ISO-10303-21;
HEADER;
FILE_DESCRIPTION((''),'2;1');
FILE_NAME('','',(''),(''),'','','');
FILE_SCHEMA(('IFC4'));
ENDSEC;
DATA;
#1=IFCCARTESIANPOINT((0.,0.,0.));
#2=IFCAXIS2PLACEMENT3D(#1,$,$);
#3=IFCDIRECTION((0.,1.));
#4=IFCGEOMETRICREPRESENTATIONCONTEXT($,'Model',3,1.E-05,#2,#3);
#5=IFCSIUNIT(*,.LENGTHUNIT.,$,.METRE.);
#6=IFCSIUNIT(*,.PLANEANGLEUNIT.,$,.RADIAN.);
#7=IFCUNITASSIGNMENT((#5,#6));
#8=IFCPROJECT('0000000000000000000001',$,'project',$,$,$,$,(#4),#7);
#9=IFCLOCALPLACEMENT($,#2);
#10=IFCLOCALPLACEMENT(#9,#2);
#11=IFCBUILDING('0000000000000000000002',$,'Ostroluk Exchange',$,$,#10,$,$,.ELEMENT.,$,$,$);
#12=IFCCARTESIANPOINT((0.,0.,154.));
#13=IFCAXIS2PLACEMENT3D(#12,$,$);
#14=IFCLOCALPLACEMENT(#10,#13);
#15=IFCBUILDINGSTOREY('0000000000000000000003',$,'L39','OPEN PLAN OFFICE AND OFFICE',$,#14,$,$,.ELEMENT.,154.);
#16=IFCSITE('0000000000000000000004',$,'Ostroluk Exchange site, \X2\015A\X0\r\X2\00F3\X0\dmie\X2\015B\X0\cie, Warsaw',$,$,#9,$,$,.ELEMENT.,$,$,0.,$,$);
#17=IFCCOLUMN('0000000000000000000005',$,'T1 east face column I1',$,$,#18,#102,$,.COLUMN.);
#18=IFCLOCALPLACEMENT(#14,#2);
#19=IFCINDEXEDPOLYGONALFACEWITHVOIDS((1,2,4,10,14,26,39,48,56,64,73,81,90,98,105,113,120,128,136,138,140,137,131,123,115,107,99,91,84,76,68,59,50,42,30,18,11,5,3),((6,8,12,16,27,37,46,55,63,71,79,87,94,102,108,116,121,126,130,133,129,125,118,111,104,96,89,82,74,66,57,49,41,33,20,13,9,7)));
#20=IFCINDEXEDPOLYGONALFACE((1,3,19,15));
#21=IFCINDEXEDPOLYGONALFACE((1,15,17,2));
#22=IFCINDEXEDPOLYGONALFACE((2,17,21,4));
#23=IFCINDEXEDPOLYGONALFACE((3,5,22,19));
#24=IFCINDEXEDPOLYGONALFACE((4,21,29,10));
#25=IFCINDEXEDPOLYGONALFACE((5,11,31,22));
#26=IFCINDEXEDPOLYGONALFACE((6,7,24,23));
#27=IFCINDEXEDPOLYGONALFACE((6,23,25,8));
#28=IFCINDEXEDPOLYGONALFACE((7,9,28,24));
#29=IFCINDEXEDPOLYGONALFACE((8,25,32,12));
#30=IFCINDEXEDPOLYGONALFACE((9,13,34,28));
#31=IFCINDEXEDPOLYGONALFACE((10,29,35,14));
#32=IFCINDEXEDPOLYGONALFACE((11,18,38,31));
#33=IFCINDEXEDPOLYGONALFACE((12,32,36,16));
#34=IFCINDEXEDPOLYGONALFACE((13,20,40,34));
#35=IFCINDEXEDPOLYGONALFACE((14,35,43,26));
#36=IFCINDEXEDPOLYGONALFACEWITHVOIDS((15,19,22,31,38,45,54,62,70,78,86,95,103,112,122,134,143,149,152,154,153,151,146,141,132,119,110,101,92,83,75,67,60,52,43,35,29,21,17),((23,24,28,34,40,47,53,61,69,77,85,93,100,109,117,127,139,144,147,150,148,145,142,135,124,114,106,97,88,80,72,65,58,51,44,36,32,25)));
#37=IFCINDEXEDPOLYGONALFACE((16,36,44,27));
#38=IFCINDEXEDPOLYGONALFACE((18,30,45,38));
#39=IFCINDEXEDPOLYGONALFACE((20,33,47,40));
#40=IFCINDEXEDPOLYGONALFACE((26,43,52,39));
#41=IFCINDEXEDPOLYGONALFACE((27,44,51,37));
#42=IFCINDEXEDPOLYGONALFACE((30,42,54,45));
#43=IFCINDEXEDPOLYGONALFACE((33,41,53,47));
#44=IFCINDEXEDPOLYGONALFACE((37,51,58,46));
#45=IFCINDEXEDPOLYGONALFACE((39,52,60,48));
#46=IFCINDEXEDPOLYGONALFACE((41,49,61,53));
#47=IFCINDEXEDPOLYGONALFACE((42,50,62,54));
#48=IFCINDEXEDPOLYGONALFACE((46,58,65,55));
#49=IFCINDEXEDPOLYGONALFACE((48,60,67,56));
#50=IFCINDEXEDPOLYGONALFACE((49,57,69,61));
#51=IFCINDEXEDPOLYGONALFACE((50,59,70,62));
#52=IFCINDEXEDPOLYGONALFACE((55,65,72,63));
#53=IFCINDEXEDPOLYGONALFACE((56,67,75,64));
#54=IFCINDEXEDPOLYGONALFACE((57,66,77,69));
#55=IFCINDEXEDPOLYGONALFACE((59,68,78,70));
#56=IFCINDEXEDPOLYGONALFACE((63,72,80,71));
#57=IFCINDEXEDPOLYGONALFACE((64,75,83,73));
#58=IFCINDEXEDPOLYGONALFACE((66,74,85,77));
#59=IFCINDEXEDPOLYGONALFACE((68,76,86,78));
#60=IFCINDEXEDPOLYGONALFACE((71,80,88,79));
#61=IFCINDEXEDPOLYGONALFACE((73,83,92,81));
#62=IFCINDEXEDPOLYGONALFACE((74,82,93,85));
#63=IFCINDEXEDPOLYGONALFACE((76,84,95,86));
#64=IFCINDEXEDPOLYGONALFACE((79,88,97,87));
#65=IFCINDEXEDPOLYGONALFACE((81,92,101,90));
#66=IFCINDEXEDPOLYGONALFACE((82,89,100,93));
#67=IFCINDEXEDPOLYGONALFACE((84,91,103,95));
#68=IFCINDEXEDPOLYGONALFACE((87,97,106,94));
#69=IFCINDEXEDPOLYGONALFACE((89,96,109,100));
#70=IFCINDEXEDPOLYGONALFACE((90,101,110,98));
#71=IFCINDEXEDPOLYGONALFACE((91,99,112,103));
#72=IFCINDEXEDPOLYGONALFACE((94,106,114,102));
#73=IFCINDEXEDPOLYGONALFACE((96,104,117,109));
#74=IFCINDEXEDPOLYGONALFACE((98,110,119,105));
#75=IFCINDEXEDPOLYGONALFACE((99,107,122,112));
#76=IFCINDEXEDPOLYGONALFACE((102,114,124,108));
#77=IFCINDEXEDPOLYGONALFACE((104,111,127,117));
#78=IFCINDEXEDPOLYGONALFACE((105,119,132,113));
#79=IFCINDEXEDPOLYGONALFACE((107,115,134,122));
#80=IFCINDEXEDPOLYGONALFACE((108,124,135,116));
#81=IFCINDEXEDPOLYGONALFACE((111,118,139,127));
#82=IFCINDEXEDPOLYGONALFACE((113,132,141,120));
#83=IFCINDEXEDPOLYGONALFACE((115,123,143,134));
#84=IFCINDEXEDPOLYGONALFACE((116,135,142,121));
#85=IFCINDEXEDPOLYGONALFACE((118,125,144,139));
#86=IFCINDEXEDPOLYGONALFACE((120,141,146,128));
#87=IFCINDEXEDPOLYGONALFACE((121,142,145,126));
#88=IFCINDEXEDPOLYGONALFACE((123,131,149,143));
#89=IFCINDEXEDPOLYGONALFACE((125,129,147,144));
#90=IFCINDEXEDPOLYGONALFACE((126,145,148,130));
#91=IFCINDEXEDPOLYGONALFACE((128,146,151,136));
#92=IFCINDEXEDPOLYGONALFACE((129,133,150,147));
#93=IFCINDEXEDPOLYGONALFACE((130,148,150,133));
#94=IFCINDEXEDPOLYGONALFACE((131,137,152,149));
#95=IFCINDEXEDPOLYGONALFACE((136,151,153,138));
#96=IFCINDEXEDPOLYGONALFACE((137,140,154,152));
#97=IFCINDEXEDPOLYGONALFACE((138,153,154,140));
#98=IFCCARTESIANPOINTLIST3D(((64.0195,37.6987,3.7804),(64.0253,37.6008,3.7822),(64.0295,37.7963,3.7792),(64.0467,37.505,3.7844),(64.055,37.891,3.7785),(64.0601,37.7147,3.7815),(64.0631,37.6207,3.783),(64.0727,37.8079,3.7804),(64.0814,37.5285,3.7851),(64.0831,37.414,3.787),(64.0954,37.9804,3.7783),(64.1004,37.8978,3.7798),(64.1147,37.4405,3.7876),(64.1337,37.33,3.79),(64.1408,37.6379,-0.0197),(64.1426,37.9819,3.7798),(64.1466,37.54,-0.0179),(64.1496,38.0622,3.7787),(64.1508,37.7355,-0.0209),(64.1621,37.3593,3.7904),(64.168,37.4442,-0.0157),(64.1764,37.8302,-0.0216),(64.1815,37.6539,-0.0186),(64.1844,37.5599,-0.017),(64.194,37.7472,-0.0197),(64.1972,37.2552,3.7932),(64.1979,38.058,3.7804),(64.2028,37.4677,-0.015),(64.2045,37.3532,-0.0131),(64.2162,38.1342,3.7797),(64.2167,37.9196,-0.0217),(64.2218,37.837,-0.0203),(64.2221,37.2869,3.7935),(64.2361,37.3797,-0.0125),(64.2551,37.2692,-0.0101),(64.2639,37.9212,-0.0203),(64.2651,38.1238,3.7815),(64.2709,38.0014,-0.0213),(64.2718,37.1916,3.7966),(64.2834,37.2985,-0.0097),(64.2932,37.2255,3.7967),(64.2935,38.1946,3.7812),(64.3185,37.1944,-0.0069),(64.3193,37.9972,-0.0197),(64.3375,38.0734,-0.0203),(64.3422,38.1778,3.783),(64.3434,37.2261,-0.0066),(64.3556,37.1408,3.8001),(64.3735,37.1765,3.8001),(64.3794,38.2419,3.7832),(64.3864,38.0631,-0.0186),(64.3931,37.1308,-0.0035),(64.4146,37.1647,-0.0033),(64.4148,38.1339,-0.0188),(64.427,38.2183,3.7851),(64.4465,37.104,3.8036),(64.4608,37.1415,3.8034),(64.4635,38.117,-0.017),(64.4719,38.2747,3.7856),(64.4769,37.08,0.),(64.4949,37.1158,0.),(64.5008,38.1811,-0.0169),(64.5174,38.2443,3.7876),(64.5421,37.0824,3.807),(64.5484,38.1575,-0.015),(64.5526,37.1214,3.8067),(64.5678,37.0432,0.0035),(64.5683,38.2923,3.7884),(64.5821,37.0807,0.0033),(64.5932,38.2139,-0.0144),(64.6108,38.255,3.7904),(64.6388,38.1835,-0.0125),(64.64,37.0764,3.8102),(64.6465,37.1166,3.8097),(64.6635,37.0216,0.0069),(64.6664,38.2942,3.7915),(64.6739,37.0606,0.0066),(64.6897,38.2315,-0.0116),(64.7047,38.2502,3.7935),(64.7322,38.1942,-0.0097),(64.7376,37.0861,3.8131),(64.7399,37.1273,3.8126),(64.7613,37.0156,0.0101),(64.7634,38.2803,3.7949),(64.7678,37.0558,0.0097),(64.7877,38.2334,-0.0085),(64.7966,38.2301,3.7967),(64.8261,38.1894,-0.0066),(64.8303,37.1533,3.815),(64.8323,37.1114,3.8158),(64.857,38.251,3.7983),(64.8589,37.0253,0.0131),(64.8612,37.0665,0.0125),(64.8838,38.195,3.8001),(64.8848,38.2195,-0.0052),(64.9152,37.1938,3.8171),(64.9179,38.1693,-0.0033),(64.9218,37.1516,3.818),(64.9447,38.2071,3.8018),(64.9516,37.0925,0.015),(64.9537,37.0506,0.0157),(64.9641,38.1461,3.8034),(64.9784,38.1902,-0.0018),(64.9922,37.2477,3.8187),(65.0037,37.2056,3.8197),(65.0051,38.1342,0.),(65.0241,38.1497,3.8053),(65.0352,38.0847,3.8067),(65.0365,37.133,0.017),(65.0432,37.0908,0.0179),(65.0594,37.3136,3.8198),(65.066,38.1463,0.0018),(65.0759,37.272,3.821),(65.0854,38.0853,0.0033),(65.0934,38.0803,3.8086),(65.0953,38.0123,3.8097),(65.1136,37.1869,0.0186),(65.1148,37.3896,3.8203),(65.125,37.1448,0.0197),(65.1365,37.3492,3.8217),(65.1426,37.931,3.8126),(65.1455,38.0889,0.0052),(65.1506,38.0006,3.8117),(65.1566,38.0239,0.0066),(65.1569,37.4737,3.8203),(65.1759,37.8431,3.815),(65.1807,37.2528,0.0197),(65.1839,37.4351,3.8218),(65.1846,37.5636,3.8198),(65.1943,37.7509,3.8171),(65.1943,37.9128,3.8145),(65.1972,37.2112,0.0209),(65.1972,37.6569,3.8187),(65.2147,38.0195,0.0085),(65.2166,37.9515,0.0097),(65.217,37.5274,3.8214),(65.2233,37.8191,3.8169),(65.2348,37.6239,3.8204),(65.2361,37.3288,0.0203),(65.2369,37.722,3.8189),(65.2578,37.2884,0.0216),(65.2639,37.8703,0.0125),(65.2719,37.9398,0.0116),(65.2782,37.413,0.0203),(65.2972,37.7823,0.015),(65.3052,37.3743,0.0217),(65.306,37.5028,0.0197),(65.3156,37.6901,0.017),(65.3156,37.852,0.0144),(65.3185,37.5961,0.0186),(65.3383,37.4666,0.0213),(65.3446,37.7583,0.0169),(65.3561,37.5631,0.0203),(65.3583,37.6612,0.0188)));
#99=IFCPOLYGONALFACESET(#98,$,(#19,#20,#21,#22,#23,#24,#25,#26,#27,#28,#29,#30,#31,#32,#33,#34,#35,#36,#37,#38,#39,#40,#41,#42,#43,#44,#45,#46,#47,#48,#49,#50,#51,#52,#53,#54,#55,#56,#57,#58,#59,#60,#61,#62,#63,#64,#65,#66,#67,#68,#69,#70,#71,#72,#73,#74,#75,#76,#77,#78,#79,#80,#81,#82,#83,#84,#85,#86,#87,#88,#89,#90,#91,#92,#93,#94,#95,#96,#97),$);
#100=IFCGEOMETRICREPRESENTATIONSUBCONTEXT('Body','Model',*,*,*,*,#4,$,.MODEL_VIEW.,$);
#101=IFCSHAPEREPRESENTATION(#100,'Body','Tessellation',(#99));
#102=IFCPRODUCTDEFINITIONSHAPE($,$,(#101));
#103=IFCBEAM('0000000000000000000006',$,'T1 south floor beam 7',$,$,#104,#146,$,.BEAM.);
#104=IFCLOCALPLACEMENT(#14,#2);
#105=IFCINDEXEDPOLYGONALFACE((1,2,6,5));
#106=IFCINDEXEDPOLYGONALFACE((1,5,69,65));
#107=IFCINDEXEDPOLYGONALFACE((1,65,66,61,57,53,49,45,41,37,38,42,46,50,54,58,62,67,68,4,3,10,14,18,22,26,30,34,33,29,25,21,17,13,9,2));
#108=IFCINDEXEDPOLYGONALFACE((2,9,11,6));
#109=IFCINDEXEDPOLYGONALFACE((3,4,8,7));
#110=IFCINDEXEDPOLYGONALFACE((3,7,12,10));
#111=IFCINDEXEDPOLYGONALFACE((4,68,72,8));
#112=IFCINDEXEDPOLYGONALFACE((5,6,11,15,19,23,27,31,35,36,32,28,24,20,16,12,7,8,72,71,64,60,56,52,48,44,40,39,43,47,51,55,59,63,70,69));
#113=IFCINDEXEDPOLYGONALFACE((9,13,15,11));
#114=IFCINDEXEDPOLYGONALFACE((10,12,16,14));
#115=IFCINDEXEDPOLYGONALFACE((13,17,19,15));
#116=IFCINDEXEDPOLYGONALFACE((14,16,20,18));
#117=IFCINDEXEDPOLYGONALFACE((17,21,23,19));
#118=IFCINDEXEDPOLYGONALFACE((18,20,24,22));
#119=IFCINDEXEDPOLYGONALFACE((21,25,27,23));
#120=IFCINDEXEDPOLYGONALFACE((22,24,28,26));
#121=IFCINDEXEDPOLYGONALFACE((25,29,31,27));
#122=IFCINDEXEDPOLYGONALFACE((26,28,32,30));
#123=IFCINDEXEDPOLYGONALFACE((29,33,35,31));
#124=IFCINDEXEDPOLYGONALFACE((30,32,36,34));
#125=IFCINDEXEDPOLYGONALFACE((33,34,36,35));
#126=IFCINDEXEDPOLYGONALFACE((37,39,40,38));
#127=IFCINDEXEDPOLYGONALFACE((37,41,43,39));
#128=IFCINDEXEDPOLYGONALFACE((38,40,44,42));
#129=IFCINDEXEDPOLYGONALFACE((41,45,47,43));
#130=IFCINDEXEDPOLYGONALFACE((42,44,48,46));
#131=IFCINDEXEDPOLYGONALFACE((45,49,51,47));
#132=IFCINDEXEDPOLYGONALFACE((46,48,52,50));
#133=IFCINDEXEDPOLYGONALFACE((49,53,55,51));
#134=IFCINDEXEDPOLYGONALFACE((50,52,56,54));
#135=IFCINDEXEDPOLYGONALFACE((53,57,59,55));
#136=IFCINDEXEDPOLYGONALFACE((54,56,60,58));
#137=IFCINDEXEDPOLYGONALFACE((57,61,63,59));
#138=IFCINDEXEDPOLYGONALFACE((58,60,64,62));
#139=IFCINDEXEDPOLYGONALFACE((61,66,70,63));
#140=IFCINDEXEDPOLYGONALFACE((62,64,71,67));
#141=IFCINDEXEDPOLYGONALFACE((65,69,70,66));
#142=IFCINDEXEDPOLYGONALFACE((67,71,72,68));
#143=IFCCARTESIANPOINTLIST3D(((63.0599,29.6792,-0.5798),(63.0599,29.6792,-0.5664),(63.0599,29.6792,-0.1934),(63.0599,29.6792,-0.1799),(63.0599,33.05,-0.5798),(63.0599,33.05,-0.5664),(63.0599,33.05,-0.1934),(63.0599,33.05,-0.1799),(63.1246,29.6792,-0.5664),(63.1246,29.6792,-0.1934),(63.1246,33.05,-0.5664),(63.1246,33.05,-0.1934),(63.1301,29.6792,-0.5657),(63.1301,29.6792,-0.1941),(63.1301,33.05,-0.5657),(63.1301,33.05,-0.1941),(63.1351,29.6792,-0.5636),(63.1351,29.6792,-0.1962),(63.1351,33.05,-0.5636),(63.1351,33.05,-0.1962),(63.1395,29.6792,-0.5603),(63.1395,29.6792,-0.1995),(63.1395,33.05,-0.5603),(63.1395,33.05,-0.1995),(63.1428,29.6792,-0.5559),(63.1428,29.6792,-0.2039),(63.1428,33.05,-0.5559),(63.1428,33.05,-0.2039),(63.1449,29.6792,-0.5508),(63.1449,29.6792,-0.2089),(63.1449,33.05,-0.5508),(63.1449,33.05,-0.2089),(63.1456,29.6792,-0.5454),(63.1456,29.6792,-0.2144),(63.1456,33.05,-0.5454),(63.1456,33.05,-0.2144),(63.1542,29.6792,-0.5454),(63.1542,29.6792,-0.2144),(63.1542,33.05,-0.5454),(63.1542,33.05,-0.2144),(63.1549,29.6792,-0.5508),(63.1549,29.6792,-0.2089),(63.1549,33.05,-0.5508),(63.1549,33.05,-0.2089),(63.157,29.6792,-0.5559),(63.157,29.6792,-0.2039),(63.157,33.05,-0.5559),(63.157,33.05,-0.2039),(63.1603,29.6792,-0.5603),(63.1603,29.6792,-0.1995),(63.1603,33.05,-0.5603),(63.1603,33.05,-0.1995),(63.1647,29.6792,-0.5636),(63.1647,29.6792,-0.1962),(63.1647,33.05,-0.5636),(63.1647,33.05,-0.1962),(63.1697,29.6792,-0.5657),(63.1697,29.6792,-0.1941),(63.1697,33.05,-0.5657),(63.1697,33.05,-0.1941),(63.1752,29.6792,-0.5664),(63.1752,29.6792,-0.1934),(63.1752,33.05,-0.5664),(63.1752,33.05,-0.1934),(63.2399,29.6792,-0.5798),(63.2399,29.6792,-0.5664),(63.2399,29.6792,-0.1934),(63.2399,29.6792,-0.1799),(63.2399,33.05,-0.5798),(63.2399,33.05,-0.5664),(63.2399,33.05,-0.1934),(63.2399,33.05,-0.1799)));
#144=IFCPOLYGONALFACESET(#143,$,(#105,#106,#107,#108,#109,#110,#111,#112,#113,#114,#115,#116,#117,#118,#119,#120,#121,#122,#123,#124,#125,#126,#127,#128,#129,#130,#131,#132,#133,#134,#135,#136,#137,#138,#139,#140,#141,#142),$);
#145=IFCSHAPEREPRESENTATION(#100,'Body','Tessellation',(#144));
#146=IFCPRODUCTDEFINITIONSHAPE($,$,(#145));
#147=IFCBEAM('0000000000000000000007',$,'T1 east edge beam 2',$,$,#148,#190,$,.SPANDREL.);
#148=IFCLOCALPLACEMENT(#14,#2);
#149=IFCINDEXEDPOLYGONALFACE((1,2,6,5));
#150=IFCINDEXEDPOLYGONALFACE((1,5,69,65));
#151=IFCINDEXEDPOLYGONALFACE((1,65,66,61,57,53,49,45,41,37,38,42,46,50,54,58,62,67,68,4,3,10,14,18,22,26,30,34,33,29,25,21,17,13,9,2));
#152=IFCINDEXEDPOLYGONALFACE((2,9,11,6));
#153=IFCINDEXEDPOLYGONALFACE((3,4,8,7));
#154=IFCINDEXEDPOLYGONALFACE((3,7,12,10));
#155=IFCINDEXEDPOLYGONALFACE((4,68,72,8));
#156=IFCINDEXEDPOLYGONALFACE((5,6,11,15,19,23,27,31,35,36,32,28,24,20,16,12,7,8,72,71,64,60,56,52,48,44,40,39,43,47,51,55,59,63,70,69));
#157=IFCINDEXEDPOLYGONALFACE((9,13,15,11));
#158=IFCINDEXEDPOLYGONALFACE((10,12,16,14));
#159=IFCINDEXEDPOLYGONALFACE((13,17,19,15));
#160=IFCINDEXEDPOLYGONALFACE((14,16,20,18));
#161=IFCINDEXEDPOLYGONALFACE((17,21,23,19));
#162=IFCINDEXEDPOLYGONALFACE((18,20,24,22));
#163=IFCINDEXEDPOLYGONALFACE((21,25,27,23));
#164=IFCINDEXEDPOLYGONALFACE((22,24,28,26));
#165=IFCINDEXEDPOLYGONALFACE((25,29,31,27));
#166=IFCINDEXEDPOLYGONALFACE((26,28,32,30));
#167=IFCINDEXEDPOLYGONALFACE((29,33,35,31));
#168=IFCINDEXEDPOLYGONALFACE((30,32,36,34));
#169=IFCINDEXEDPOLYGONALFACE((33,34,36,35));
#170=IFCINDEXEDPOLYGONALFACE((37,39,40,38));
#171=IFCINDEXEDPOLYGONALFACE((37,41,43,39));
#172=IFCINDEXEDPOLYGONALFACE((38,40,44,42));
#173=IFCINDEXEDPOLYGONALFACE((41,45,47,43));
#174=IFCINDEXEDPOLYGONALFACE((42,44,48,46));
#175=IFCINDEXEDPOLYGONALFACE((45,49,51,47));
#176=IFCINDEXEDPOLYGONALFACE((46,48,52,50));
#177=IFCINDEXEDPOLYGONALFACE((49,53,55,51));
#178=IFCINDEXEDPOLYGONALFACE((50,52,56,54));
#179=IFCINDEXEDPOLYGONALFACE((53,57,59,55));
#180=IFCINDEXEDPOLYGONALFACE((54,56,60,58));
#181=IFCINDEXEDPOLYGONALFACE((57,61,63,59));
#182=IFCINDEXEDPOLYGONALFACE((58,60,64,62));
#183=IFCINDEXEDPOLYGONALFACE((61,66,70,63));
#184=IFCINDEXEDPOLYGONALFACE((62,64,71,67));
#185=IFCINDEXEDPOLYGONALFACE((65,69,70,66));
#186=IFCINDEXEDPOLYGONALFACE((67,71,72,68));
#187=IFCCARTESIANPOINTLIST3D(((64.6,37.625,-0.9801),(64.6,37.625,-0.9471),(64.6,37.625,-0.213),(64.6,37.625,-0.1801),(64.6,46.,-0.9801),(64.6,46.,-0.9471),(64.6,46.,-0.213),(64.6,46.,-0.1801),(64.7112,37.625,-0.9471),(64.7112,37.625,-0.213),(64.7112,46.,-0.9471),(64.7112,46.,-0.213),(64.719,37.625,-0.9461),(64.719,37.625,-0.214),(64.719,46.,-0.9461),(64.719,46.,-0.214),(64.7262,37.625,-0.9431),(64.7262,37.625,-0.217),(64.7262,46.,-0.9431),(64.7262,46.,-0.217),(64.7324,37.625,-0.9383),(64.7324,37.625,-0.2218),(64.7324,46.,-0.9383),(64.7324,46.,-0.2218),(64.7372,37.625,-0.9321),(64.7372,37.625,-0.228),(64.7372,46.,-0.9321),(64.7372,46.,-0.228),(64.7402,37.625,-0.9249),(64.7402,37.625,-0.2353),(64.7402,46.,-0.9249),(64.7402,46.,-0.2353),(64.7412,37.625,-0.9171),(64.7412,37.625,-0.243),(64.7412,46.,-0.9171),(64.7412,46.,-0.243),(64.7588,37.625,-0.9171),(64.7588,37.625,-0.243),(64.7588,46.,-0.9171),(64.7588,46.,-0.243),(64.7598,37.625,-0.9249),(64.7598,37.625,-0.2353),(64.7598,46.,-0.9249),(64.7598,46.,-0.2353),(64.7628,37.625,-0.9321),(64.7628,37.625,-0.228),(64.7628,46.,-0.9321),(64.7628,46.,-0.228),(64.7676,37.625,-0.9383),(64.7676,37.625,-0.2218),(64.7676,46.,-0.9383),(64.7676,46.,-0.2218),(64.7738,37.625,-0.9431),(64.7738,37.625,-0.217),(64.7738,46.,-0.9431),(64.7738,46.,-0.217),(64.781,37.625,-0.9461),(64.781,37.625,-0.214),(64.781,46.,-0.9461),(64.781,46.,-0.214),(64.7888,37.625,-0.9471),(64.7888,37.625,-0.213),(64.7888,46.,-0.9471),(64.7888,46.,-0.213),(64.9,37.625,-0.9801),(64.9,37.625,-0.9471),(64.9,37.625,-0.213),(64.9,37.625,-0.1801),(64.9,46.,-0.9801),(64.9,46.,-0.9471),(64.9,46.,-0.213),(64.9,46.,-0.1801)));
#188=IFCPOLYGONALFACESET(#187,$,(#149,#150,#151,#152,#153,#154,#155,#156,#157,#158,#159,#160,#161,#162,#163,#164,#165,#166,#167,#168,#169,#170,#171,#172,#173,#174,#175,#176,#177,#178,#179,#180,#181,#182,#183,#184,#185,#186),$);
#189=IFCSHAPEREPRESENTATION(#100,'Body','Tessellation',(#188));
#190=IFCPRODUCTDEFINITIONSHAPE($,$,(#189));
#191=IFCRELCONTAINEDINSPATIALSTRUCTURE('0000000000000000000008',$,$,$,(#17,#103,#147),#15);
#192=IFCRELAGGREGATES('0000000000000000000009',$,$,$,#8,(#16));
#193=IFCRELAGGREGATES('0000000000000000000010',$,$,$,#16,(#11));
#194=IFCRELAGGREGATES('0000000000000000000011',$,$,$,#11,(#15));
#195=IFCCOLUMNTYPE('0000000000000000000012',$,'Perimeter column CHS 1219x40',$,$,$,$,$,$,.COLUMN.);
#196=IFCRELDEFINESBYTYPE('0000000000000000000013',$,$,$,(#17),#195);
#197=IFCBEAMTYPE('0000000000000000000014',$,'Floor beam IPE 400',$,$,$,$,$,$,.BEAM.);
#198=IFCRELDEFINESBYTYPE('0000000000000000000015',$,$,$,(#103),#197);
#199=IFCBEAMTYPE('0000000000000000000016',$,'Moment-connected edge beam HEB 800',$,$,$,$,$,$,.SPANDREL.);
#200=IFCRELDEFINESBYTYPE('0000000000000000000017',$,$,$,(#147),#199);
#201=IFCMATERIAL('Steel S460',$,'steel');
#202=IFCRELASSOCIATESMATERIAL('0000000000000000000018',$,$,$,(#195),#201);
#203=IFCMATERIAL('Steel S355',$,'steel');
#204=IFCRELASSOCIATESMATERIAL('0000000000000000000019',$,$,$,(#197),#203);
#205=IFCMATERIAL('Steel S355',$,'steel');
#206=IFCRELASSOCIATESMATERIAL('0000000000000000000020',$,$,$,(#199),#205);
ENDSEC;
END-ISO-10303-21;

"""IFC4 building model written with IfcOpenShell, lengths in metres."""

from ifc_helpers import new_model, si_unit, direction, frame, origin, origin_2d, place, context, subcontext, project, spatial, hollow_circle, i_section, extrude, material, material_profile, profile_set, type_object, element, save


model = new_model("IFC4")

# Units and contexts
model_context = context("Model", 3, precision=1e-05, world=origin(), true_north=direction((0.0, 1.0)))
body_context = subcontext(model_context, "Body", "Model", "MODEL_VIEW")
ifc_project = project(units=[si_unit("LENGTHUNIT", "METRE"), si_unit("PLANEANGLEUNIT", "RADIAN")], contexts=[model_context])

# Site, building, storey
site_placement = place(None, origin())
site = spatial("IfcSite", under=ifc_project, at=site_placement, Name="Ostroluk Exchange site, Śródmieście, Warsaw", CompositionType="ELEMENT", RefElevation=0.0)
building_placement = place(site_placement, origin())
building = spatial("IfcBuilding", under=site, at=building_placement, Name="Ostroluk Exchange", CompositionType="ELEMENT")
storey_placement = place(building_placement, frame((0.0, 0.0, 154.0)))
storey = spatial("IfcBuildingStorey", under=building, at=storey_placement, Name="L39", Description="OPEN PLAN OFFICE AND OFFICE", CompositionType="ELEMENT", Elevation=154.0)

# Column
ifc_material_1 = material(Name="Steel S460", Category="steel")
ifc_material_profile_1 = material_profile(ifc_material_1, hollow_circle(Radius=0.6096, WallThickness=0.04, at=origin_2d()), Name="CHS 1219x40")
ifc_profile_set_1 = profile_set([ifc_material_profile_1], Name="Steel S460")
column_type = type_object("IfcColumnType", Name="Perimeter column CHS 1219x40", PredefinedType="COLUMN", material=ifc_profile_set_1)
column_placement = place(storey_placement, frame((64.75, 37.625, 0.0), z_axis=(-0.03191, 0.015987, 0.999363), x_axis=(-0.447933, -0.894067, 0.0)))
element("IfcColumn", 1, at=column_placement, inside=storey, type_object=column_type, Name="T1 east face column I1", PredefinedType="COLUMN", context=body_context, shape_type="SweptSolid", body=[
    extrude(hollow_circle(Radius=0.6096, WallThickness=0.04, at=origin_2d()), origin(), (0.0, 0.0, 1.0), 3.8025),
])

# Beams
ifc_material_2 = material(Name="Steel S355", Category="steel")
ifc_material_profile_2 = material_profile(ifc_material_2, i_section(OverallWidth=0.1799, OverallDepth=0.3999, WebThickness=0.0085, FlangeThickness=0.0134, FilletRadius=0.021, at=origin_2d()), Name="IPE 400")
ifc_profile_set_2 = profile_set([ifc_material_profile_2], Name="Steel S355")
beam_type_1 = type_object("IfcBeamType", Name="Floor beam IPE 400", PredefinedType="BEAM", material=ifc_profile_set_2)
beam_1_placement = place(storey_placement, frame((63.1499, 33.05, -0.3799), z_axis=(0.0, -1.0, 0.0), x_axis=(1.0, 0.0, 0.0)))
element("IfcBeam", 2, at=beam_1_placement, inside=storey, type_object=beam_type_1, Name="T1 south floor beam 7", PredefinedType="BEAM", context=body_context, shape_type="SweptSolid", body=[
    extrude(i_section(OverallWidth=0.1799, OverallDepth=0.3999, WebThickness=0.0085, FlangeThickness=0.0134, FilletRadius=0.021, at=origin_2d()), origin(), (0.0, 0.0, 1.0), 3.3708),
])
ifc_material_3 = material(Name="Steel S355", Category="steel")
ifc_material_profile_3 = material_profile(ifc_material_3, i_section(OverallWidth=0.3, OverallDepth=0.8, WebThickness=0.0176, FlangeThickness=0.033, FilletRadius=0.03, at=origin_2d()), Name="HEB 800")
ifc_profile_set_3 = profile_set([ifc_material_profile_3], Name="Steel S355")
beam_type_2 = type_object("IfcBeamType", Name="Moment-connected edge beam HEB 800", PredefinedType="SPANDREL", material=ifc_profile_set_3)
beam_2_placement = place(storey_placement, frame((64.75, 37.625, -0.5801), z_axis=(0.0, 1.0, 0.0), x_axis=(-1.0, 0.0, 0.0)))
element("IfcBeam", 3, at=beam_2_placement, inside=storey, type_object=beam_type_2, Name="T1 east edge beam 2", PredefinedType="SPANDREL", context=body_context, shape_type="SweptSolid", body=[
    extrude(i_section(OverallWidth=0.3, OverallDepth=0.8, WebThickness=0.0176, FlangeThickness=0.033, FilletRadius=0.03, at=origin_2d()), origin(), (0.0, 0.0, 1.0), 8.375),
])

save(model, "model.ifc")
